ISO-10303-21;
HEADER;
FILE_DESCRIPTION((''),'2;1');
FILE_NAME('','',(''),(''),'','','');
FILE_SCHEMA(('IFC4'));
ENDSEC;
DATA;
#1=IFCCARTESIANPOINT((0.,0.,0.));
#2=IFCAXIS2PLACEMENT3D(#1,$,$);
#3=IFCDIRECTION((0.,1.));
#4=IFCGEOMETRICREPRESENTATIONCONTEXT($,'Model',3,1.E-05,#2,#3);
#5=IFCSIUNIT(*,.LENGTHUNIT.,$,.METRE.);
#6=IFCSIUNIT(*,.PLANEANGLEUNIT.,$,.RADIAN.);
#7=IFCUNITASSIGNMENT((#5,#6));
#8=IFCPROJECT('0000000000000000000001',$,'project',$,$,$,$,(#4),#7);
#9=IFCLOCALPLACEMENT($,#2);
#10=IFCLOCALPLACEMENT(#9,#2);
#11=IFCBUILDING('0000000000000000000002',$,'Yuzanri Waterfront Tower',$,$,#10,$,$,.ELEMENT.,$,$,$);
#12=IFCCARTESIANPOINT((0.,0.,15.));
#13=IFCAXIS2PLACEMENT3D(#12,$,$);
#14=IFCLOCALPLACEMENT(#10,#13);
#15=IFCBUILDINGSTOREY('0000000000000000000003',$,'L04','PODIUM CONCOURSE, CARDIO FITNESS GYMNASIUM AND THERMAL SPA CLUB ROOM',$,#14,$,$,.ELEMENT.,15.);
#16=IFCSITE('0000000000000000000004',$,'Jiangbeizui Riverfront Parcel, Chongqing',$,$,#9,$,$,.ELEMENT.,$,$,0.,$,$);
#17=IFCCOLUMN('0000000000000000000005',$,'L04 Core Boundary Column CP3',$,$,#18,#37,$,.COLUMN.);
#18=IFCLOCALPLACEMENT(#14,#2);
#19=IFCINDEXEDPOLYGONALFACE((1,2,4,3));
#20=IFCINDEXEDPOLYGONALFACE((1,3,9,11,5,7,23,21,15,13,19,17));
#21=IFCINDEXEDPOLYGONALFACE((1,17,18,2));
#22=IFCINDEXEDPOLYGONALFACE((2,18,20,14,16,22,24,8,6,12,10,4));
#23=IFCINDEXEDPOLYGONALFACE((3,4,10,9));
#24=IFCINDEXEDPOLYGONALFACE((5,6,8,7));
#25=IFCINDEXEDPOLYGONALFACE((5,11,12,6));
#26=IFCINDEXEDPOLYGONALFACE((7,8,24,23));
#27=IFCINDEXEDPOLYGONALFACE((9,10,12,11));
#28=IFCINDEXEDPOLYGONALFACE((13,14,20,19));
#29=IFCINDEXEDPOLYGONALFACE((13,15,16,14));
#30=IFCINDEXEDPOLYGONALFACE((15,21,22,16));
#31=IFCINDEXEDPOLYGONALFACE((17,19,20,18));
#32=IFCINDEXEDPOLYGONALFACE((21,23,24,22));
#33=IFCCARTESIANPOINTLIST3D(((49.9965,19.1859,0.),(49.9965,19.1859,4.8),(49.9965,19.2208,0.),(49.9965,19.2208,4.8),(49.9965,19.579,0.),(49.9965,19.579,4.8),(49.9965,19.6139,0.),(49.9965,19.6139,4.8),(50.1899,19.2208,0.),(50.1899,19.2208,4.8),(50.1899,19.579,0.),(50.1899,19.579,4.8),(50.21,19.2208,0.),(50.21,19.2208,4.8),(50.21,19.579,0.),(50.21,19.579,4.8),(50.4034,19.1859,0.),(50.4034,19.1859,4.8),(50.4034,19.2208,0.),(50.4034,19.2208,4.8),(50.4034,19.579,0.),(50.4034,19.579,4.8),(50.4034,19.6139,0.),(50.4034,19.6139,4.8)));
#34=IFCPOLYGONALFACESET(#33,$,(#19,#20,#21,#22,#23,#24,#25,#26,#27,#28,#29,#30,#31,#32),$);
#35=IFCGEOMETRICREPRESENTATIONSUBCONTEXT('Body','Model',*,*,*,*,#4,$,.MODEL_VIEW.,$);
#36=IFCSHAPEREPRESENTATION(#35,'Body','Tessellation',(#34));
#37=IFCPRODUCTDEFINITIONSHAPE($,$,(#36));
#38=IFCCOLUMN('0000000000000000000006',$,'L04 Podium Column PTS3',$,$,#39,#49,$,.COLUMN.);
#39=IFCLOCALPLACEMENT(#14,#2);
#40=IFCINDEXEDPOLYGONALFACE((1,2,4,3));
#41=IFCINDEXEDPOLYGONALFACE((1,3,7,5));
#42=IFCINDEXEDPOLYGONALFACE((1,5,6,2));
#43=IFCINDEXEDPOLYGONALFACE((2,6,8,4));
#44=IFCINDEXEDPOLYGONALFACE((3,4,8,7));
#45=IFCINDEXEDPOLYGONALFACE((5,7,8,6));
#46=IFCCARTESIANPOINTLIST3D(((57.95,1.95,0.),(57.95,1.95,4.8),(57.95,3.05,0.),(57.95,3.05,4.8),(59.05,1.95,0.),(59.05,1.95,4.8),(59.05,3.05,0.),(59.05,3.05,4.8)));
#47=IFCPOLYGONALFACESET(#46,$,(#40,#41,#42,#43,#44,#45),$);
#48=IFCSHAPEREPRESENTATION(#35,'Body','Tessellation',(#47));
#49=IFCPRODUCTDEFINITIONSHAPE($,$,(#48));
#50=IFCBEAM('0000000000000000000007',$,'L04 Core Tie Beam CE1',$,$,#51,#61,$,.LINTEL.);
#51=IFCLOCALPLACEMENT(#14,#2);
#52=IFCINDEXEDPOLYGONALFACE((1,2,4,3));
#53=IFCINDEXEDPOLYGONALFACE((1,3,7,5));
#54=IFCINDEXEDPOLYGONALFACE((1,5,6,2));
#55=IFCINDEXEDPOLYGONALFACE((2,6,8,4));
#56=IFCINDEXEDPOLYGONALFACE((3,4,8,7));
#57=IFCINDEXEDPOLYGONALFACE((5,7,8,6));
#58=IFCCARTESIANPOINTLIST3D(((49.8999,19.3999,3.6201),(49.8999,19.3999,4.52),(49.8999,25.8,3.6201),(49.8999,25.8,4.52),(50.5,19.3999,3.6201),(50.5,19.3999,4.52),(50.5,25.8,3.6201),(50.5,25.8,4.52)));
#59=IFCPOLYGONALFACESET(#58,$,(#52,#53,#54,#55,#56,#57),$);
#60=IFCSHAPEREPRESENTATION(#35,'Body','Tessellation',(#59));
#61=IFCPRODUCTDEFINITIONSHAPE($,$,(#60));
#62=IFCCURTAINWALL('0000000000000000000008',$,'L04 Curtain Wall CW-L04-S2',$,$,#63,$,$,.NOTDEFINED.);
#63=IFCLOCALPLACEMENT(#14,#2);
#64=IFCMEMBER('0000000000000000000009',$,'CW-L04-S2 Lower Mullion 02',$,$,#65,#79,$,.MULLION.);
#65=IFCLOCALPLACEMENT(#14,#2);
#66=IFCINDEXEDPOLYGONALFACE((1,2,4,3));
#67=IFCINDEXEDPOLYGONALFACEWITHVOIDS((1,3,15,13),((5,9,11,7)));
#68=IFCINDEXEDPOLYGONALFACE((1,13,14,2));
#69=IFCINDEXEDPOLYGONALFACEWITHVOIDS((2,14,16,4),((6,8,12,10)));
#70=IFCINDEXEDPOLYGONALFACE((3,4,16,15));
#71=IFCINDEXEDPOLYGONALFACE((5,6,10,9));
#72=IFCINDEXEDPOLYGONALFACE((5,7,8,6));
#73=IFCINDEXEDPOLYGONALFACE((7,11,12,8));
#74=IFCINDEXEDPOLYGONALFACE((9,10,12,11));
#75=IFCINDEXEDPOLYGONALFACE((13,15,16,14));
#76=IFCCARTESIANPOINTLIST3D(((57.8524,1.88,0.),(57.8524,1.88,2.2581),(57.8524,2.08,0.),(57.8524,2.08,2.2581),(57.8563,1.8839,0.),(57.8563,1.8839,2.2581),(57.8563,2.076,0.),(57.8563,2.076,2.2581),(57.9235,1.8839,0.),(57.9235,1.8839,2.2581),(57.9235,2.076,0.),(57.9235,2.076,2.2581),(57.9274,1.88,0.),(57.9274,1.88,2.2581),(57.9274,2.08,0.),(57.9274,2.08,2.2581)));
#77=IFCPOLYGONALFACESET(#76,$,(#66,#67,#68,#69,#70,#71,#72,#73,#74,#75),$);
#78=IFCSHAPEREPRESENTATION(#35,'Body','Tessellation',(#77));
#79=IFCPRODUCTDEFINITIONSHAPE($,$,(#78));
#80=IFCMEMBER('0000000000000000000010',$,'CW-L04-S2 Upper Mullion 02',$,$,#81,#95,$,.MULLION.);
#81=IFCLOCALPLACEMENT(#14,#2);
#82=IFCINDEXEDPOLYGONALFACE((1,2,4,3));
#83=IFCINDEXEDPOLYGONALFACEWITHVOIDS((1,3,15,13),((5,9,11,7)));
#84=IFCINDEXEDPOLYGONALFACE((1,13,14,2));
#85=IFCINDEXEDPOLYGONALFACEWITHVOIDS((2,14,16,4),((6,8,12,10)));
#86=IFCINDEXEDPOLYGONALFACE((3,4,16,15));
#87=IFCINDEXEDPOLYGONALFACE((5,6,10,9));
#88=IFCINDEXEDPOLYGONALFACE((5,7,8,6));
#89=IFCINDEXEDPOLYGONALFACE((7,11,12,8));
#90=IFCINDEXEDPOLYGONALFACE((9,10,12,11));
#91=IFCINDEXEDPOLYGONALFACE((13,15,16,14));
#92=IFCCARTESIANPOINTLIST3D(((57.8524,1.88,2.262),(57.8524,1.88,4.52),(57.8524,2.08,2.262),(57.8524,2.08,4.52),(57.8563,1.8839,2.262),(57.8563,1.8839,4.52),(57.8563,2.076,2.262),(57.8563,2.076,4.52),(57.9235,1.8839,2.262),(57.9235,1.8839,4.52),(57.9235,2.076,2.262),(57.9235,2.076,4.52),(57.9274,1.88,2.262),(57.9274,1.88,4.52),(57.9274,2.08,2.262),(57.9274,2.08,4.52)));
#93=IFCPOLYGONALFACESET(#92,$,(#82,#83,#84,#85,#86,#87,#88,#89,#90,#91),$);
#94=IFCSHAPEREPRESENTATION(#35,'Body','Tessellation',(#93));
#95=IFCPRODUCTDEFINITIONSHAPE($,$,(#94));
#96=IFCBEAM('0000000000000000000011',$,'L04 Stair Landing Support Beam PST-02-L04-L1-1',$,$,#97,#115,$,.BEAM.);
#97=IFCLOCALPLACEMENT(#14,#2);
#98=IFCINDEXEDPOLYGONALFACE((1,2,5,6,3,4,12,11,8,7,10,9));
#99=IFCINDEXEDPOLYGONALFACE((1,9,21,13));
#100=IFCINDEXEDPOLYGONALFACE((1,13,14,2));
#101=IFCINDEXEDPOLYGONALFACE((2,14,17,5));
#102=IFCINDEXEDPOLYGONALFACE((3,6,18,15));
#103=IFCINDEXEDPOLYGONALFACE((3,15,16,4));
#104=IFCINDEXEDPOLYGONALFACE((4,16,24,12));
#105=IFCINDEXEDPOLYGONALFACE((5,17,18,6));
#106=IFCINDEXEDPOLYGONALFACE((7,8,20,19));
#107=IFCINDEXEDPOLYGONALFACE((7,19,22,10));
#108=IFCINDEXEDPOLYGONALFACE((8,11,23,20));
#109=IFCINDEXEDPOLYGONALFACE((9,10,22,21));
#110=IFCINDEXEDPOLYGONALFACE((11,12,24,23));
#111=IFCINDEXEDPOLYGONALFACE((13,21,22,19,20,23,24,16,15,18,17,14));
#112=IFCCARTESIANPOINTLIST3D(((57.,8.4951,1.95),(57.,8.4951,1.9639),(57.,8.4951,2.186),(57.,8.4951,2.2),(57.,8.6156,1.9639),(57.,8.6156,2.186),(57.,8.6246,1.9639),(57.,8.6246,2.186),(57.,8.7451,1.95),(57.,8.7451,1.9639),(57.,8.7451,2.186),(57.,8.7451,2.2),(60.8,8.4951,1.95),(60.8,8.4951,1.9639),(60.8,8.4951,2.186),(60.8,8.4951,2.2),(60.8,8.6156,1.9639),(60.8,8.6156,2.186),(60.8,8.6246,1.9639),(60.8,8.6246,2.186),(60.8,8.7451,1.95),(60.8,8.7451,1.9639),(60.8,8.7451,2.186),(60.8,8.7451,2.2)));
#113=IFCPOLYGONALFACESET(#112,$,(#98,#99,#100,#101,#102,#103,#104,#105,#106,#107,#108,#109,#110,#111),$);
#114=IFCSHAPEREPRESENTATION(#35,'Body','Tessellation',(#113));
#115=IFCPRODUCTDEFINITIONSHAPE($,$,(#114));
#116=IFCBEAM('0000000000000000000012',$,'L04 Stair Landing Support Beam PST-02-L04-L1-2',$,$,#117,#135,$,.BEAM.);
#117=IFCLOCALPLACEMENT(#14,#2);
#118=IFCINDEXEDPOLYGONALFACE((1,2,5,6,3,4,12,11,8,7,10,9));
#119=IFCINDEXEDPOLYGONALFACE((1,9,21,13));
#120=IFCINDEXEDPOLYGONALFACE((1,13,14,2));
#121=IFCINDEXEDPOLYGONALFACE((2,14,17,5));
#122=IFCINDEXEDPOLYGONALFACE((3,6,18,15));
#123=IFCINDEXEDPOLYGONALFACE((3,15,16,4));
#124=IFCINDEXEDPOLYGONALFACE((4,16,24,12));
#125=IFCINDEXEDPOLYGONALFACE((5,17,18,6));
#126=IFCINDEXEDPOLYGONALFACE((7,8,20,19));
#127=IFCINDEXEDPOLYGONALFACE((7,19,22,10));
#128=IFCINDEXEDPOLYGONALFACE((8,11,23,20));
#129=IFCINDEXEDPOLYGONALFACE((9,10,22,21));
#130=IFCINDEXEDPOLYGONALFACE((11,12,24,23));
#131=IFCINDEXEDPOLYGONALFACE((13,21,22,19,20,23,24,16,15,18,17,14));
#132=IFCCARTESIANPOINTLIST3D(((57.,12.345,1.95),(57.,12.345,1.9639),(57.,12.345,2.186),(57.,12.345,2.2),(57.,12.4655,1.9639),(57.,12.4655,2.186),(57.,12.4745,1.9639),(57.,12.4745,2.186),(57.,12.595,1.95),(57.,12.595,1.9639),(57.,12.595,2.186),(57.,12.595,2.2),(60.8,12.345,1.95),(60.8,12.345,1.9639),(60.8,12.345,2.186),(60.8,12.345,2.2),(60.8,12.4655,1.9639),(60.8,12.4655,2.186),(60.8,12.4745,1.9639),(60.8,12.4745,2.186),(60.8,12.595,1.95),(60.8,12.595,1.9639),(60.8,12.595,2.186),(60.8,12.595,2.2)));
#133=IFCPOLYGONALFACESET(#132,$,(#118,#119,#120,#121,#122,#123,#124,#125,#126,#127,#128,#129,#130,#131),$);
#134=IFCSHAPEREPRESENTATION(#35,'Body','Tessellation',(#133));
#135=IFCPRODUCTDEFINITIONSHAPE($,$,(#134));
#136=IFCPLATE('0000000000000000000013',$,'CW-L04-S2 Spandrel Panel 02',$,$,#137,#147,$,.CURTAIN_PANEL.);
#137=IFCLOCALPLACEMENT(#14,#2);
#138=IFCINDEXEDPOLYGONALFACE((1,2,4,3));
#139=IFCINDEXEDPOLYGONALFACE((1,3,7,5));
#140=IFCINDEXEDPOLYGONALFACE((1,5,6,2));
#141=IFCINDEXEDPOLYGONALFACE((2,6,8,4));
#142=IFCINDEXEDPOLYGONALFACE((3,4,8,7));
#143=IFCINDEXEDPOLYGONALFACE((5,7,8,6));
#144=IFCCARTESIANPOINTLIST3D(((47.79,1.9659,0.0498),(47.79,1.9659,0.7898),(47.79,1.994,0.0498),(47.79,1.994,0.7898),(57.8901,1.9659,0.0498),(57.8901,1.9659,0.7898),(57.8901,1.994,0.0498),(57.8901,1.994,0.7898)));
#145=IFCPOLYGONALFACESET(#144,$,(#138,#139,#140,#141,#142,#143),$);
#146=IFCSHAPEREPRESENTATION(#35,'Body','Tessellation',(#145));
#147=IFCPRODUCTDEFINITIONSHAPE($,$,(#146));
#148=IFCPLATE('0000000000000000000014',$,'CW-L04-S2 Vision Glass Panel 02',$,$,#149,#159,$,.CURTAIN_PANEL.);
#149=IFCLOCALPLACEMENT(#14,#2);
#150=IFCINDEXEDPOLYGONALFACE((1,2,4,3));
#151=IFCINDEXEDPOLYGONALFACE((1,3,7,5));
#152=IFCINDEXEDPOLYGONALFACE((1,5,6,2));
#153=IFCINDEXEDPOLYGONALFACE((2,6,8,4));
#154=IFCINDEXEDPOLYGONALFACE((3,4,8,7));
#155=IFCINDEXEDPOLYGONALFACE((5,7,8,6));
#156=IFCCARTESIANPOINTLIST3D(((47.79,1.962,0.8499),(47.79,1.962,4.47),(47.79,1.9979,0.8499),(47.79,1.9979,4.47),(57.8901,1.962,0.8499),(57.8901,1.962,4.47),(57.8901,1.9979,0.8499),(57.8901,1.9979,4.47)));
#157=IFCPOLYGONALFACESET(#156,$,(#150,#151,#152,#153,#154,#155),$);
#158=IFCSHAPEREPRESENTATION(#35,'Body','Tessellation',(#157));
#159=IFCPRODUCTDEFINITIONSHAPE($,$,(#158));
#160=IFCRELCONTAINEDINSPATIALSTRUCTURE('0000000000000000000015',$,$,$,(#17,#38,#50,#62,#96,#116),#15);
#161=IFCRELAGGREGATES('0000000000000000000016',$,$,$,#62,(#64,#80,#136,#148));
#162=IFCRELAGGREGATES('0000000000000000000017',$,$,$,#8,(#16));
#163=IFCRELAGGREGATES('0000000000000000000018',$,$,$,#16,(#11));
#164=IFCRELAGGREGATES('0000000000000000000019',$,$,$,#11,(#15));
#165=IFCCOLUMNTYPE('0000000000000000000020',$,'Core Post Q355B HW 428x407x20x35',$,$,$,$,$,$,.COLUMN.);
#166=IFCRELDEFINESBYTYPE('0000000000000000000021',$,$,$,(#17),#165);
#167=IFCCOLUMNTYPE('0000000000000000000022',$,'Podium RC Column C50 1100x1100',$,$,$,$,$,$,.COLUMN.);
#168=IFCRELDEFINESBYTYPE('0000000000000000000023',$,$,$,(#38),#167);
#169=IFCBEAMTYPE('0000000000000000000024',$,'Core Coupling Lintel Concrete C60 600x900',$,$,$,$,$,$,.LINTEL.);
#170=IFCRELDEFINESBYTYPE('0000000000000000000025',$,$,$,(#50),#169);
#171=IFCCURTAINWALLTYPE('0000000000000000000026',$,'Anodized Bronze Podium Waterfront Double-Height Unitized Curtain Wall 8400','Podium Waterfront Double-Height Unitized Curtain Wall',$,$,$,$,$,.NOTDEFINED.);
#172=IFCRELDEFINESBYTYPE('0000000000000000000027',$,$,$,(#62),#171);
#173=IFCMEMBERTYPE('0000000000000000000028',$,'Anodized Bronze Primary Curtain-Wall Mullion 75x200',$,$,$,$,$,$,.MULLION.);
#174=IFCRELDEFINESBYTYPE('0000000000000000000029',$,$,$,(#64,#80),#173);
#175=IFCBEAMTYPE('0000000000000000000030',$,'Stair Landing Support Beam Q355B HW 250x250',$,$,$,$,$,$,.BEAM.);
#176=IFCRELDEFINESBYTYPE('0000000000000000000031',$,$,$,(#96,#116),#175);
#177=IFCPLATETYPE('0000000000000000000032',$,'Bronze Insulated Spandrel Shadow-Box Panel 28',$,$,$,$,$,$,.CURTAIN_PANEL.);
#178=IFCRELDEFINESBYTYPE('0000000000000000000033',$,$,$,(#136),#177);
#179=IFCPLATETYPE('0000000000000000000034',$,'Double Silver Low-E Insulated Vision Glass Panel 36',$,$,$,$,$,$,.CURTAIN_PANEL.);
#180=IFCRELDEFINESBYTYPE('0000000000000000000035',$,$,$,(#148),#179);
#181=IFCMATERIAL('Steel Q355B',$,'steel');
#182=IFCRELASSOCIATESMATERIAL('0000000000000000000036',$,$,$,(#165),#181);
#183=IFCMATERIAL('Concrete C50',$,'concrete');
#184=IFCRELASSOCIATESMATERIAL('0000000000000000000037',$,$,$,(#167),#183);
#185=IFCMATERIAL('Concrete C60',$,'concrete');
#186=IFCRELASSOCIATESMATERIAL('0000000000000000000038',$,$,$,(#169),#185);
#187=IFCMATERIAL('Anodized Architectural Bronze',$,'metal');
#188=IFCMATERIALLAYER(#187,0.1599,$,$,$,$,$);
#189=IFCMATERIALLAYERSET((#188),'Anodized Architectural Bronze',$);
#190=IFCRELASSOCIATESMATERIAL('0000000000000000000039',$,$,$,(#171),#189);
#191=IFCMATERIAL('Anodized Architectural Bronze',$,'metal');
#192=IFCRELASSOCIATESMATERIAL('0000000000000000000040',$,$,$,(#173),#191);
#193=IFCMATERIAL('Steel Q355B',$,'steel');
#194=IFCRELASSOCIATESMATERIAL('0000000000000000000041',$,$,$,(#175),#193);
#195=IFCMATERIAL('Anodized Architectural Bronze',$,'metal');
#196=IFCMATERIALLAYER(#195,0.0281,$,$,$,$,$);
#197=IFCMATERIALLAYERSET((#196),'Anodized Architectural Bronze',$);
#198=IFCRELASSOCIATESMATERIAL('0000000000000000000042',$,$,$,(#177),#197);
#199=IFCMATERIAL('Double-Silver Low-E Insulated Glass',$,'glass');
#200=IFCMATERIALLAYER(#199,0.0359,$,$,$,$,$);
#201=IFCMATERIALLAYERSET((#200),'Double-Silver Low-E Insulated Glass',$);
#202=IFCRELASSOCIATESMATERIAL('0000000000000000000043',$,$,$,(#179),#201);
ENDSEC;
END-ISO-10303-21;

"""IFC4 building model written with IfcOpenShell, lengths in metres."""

from ifc_helpers import new_model, si_unit, direction, frame, origin, origin_2d, place, context, subcontext, project, spatial, rectangle, hollow_rectangle, i_section, extrude, source, transform, mapped, material, layer, layer_set, material_profile, profile_set, type_object, element, aggregate, save


model = new_model("IFC4")

# Units and contexts
model_context = context("Model", 3, precision=1e-05, world=origin(), true_north=direction((0.0, 1.0)))
body_context = subcontext(model_context, "Body", "Model", "MODEL_VIEW")
ifc_project = project(units=[si_unit("LENGTHUNIT", "METRE"), si_unit("PLANEANGLEUNIT", "RADIAN")], contexts=[model_context])

# Site, building, storey
site_placement = place(None, origin())
site = spatial("IfcSite", under=ifc_project, at=site_placement, Name="Jiangbeizui Riverfront Parcel, Chongqing", CompositionType="ELEMENT", RefElevation=0.0)
building_placement = place(site_placement, origin())
building = spatial("IfcBuilding", under=site, at=building_placement, Name="Yuzanri Waterfront Tower", CompositionType="ELEMENT")
storey_placement = place(building_placement, frame((0.0, 0.0, 15.0)))
storey = spatial("IfcBuildingStorey", under=building, at=storey_placement, Name="L04", Description="PODIUM CONCOURSE, CARDIO FITNESS GYMNASIUM AND THERMAL SPA CLUB ROOM", CompositionType="ELEMENT", Elevation=15.0)

# Columns
ifc_material_1 = material(Name="Steel Q355B", Category="steel")
ifc_material_profile_1 = material_profile(ifc_material_1, i_section(OverallWidth=0.407, OverallDepth=0.428, WebThickness=0.02, FlangeThickness=0.0349, at=origin_2d()), Name="HW 428x407x20x35")
ifc_profile_set_1 = profile_set([ifc_material_profile_1], Name="Steel Q355B")
column_type_1 = type_object("IfcColumnType", Name="Core Post Q355B HW 428x407x20x35", PredefinedType="COLUMN", material=ifc_profile_set_1)
shared_shape_1 = source(origin(), body_context, "Body", "SweptSolid", [
    extrude(i_section(OverallWidth=0.407, OverallDepth=0.428, WebThickness=0.02, FlangeThickness=0.0349, at=origin_2d()), origin(), (0.0, 0.0, 1.0), 4.8),
])
column_1_placement = place(storey_placement, frame((50.2, 19.3999, 0.0), z_axis=(0.0, 0.0, 1.0), x_axis=(1.0, 0.0, 0.0)))
element("IfcColumn", 1, at=column_1_placement, inside=storey, type_object=column_type_1, Name="L04 Core Boundary Column CP3", PredefinedType="COLUMN", context=body_context, shape_type="MappedRepresentation", body=[
    mapped(shared_shape_1, transform((0.0, 0.0, 0.0), scale=1.0)),
])
ifc_material_2 = material(Name="Concrete C50", Category="concrete")
ifc_material_profile_2 = material_profile(ifc_material_2, rectangle(XDim=1.1001, YDim=1.1001, at=origin_2d()), Name="RC 1100x1100")
ifc_profile_set_2 = profile_set([ifc_material_profile_2], Name="Concrete C50")
column_type_2 = type_object("IfcColumnType", Name="Podium RC Column C50 1100x1100", PredefinedType="COLUMN", material=ifc_profile_set_2)
shared_shape_2 = source(origin(), body_context, "Body", "SweptSolid", [
    extrude(rectangle(XDim=1.1001, YDim=1.1001, at=origin_2d()), origin(), (0.0, 0.0, 1.0), 4.8),
])
column_2_placement = place(storey_placement, frame((58.5, 2.5, 0.0), z_axis=(0.0, 0.0, 1.0), x_axis=(1.0, 0.0, 0.0)))
element("IfcColumn", 2, at=column_2_placement, inside=storey, type_object=column_type_2, Name="L04 Podium Column PTS3", PredefinedType="COLUMN", context=body_context, shape_type="MappedRepresentation", body=[
    mapped(shared_shape_2, transform((0.0, 0.0, 0.0), scale=1.0)),
])

# Beam
ifc_material_3 = material(Name="Concrete C60", Category="concrete")
ifc_material_profile_3 = material_profile(ifc_material_3, rectangle(XDim=0.6001, YDim=0.8999, at=origin_2d()), Name="RC 600x900")
ifc_profile_set_3 = profile_set([ifc_material_profile_3], Name="Concrete C60")
beam_type_1 = type_object("IfcBeamType", Name="Core Coupling Lintel Concrete C60 600x900", PredefinedType="LINTEL", material=ifc_profile_set_3)
shared_shape_3 = source(origin(), body_context, "Body", "SweptSolid", [
    extrude(rectangle(XDim=0.6001, YDim=0.8999, at=origin_2d()), origin(), (0.0, 0.0, 1.0), 6.4001),
])
beam_placement = place(storey_placement, frame((50.2, 19.3999, 4.0701), z_axis=(0.0, 1.0, 0.0), x_axis=(-1.0, 0.0, 0.0)))
element("IfcBeam", 3, at=beam_placement, inside=storey, type_object=beam_type_1, Name="L04 Core Tie Beam CE1", PredefinedType="LINTEL", context=body_context, shape_type="MappedRepresentation", body=[
    mapped(shared_shape_3, transform((0.0, 0.0, 0.0), scale=1.0)),
])

# Curtain wall, members
ifc_material_4 = material(Name="Anodized Architectural Bronze", Category="metal")
ifc_layer_1 = layer(ifc_material_4, 0.1599)
ifc_layer_set_1 = layer_set([ifc_layer_1], Name="Anodized Architectural Bronze")
curtain_wall_type = type_object("IfcCurtainWallType", Name="Anodized Bronze Podium Waterfront Double-Height Unitized Curtain Wall 8400", Description="Podium Waterfront Double-Height Unitized Curtain Wall", PredefinedType="NOTDEFINED", material=ifc_layer_set_1)
curtain_wall_placement = place(storey_placement, origin())
curtain_wall = element("IfcCurtainWall", 4, at=curtain_wall_placement, inside=storey, type_object=curtain_wall_type, Name="L04 Curtain Wall CW-L04-S2", PredefinedType="NOTDEFINED")
ifc_material_5 = material(Name="Anodized Architectural Bronze", Category="metal")
ifc_material_profile_4 = material_profile(ifc_material_5, hollow_rectangle(XDim=0.075, YDim=0.2, WallThickness=0.0039, at=origin_2d()), Name="CWM 75x200")
ifc_profile_set_4 = profile_set([ifc_material_profile_4], Name="Anodized Architectural Bronze")
member_type = type_object("IfcMemberType", Name="Anodized Bronze Primary Curtain-Wall Mullion 75x200", PredefinedType="MULLION", material=ifc_profile_set_4)
shared_shape_4 = source(origin(), body_context, "Body", "SweptSolid", [
    extrude(hollow_rectangle(XDim=0.075, YDim=0.2, WallThickness=0.0039, at=origin_2d()), origin(), (0.0, 0.0, 1.0), 2.2581),
])
member_1_placement = place(storey_placement, frame((57.8899, 1.98, 0.0), z_axis=(0.0, 0.0, 1.0), x_axis=(1.0, 0.0, 0.0)))
member_1 = element("IfcMember", 5, at=member_1_placement, type_object=member_type, Name="CW-L04-S2 Lower Mullion 02", PredefinedType="MULLION", context=body_context, shape_type="MappedRepresentation", body=[
    mapped(shared_shape_4, transform((0.0, 0.0, 0.0), scale=1.0)),
])
member_2_placement = place(storey_placement, frame((57.8899, 1.98, 2.262), z_axis=(0.0, 0.0, 1.0), x_axis=(1.0, 0.0, 0.0)))
member_2 = element("IfcMember", 6, at=member_2_placement, type_object=member_type, Name="CW-L04-S2 Upper Mullion 02", PredefinedType="MULLION", context=body_context, shape_type="MappedRepresentation", body=[
    mapped(shared_shape_4, transform((0.0, 0.0, 0.0), scale=1.0)),
])

# Beams
ifc_material_6 = material(Name="Steel Q355B", Category="steel")
ifc_material_profile_5 = material_profile(ifc_material_6, i_section(OverallWidth=0.25, OverallDepth=0.25, WebThickness=0.009, FlangeThickness=0.0139, at=origin_2d()), Name="HW 250x250x9x14")
ifc_profile_set_5 = profile_set([ifc_material_profile_5], Name="Steel Q355B")
beam_type_2 = type_object("IfcBeamType", Name="Stair Landing Support Beam Q355B HW 250x250", PredefinedType="BEAM", material=ifc_profile_set_5)
shared_shape_5 = source(origin(), body_context, "Body", "SweptSolid", [
    extrude(i_section(OverallWidth=0.25, OverallDepth=0.25, WebThickness=0.009, FlangeThickness=0.0139, at=origin_2d()), origin(), (0.0, 0.0, 1.0), 3.8),
])
for number, where, z_axis, x_axis, name in (
    (7, (57.0, 8.6201, 2.075), (1.0, 0.0, 0.0), (0.0, 1.0, 0.0), "L04 Stair Landing Support Beam PST-02-L04-L1-1"),
    (8, (57.0, 12.47, 2.075), (1.0, 0.0, 0.0), (0.0, 1.0, 0.0), "L04 Stair Landing Support Beam PST-02-L04-L1-2"),
):
    element("IfcBeam", number, at=place(storey_placement, frame(where, z_axis=z_axis, x_axis=x_axis)), inside=storey, type_object=beam_type_2, Name=name, PredefinedType="BEAM", context=body_context, shape_type="MappedRepresentation", body=[
        mapped(shared_shape_5, transform((0.0, 0.0, 0.0), scale=1.0)),
    ])

# Plates
ifc_material_7 = material(Name="Anodized Architectural Bronze", Category="metal")
ifc_layer_2 = layer(ifc_material_7, 0.0281)
ifc_layer_set_2 = layer_set([ifc_layer_2], Name="Anodized Architectural Bronze")
plate_type_1 = type_object("IfcPlateType", Name="Bronze Insulated Spandrel Shadow-Box Panel 28", PredefinedType="CURTAIN_PANEL", material=ifc_layer_set_2)
shared_shape_6 = source(origin(), body_context, "Body", "SweptSolid", [
    extrude(rectangle(XDim=10.1001, YDim=0.0281, at=origin_2d()), origin(), (0.0, 0.0, 1.0), 0.74),
])
plate_1_placement = place(storey_placement, frame((52.8401, 1.98, 0.0498), z_axis=(0.0, 0.0, 1.0), x_axis=(1.0, 0.0, 0.0)))
plate_1 = element("IfcPlate", 9, at=plate_1_placement, type_object=plate_type_1, Name="CW-L04-S2 Spandrel Panel 02", PredefinedType="CURTAIN_PANEL", context=body_context, shape_type="MappedRepresentation", body=[
    mapped(shared_shape_6, transform((0.0, 0.0, 0.0), scale=1.0)),
])
ifc_material_8 = material(Name="Double-Silver Low-E Insulated Glass", Category="glass")
ifc_layer_3 = layer(ifc_material_8, 0.0359)
ifc_layer_set_3 = layer_set([ifc_layer_3], Name="Double-Silver Low-E Insulated Glass")
plate_type_2 = type_object("IfcPlateType", Name="Double Silver Low-E Insulated Vision Glass Panel 36", PredefinedType="CURTAIN_PANEL", material=ifc_layer_set_3)
shared_shape_7 = source(origin(), body_context, "Body", "SweptSolid", [
    extrude(rectangle(XDim=10.1001, YDim=0.0359, at=origin_2d()), origin(), (0.0, 0.0, 1.0), 3.6201),
])
plate_2_placement = place(storey_placement, frame((52.8401, 1.98, 0.8499), z_axis=(0.0, 0.0, 1.0), x_axis=(1.0, 0.0, 0.0)))
plate_2 = element("IfcPlate", 10, at=plate_2_placement, type_object=plate_type_2, Name="CW-L04-S2 Vision Glass Panel 02", PredefinedType="CURTAIN_PANEL", context=body_context, shape_type="MappedRepresentation", body=[
    mapped(shared_shape_7, transform((0.0, 0.0, 0.0), scale=1.0)),
])
aggregate(curtain_wall, [member_1, member_2, plate_1, plate_2])

save(model, "model.ifc")
